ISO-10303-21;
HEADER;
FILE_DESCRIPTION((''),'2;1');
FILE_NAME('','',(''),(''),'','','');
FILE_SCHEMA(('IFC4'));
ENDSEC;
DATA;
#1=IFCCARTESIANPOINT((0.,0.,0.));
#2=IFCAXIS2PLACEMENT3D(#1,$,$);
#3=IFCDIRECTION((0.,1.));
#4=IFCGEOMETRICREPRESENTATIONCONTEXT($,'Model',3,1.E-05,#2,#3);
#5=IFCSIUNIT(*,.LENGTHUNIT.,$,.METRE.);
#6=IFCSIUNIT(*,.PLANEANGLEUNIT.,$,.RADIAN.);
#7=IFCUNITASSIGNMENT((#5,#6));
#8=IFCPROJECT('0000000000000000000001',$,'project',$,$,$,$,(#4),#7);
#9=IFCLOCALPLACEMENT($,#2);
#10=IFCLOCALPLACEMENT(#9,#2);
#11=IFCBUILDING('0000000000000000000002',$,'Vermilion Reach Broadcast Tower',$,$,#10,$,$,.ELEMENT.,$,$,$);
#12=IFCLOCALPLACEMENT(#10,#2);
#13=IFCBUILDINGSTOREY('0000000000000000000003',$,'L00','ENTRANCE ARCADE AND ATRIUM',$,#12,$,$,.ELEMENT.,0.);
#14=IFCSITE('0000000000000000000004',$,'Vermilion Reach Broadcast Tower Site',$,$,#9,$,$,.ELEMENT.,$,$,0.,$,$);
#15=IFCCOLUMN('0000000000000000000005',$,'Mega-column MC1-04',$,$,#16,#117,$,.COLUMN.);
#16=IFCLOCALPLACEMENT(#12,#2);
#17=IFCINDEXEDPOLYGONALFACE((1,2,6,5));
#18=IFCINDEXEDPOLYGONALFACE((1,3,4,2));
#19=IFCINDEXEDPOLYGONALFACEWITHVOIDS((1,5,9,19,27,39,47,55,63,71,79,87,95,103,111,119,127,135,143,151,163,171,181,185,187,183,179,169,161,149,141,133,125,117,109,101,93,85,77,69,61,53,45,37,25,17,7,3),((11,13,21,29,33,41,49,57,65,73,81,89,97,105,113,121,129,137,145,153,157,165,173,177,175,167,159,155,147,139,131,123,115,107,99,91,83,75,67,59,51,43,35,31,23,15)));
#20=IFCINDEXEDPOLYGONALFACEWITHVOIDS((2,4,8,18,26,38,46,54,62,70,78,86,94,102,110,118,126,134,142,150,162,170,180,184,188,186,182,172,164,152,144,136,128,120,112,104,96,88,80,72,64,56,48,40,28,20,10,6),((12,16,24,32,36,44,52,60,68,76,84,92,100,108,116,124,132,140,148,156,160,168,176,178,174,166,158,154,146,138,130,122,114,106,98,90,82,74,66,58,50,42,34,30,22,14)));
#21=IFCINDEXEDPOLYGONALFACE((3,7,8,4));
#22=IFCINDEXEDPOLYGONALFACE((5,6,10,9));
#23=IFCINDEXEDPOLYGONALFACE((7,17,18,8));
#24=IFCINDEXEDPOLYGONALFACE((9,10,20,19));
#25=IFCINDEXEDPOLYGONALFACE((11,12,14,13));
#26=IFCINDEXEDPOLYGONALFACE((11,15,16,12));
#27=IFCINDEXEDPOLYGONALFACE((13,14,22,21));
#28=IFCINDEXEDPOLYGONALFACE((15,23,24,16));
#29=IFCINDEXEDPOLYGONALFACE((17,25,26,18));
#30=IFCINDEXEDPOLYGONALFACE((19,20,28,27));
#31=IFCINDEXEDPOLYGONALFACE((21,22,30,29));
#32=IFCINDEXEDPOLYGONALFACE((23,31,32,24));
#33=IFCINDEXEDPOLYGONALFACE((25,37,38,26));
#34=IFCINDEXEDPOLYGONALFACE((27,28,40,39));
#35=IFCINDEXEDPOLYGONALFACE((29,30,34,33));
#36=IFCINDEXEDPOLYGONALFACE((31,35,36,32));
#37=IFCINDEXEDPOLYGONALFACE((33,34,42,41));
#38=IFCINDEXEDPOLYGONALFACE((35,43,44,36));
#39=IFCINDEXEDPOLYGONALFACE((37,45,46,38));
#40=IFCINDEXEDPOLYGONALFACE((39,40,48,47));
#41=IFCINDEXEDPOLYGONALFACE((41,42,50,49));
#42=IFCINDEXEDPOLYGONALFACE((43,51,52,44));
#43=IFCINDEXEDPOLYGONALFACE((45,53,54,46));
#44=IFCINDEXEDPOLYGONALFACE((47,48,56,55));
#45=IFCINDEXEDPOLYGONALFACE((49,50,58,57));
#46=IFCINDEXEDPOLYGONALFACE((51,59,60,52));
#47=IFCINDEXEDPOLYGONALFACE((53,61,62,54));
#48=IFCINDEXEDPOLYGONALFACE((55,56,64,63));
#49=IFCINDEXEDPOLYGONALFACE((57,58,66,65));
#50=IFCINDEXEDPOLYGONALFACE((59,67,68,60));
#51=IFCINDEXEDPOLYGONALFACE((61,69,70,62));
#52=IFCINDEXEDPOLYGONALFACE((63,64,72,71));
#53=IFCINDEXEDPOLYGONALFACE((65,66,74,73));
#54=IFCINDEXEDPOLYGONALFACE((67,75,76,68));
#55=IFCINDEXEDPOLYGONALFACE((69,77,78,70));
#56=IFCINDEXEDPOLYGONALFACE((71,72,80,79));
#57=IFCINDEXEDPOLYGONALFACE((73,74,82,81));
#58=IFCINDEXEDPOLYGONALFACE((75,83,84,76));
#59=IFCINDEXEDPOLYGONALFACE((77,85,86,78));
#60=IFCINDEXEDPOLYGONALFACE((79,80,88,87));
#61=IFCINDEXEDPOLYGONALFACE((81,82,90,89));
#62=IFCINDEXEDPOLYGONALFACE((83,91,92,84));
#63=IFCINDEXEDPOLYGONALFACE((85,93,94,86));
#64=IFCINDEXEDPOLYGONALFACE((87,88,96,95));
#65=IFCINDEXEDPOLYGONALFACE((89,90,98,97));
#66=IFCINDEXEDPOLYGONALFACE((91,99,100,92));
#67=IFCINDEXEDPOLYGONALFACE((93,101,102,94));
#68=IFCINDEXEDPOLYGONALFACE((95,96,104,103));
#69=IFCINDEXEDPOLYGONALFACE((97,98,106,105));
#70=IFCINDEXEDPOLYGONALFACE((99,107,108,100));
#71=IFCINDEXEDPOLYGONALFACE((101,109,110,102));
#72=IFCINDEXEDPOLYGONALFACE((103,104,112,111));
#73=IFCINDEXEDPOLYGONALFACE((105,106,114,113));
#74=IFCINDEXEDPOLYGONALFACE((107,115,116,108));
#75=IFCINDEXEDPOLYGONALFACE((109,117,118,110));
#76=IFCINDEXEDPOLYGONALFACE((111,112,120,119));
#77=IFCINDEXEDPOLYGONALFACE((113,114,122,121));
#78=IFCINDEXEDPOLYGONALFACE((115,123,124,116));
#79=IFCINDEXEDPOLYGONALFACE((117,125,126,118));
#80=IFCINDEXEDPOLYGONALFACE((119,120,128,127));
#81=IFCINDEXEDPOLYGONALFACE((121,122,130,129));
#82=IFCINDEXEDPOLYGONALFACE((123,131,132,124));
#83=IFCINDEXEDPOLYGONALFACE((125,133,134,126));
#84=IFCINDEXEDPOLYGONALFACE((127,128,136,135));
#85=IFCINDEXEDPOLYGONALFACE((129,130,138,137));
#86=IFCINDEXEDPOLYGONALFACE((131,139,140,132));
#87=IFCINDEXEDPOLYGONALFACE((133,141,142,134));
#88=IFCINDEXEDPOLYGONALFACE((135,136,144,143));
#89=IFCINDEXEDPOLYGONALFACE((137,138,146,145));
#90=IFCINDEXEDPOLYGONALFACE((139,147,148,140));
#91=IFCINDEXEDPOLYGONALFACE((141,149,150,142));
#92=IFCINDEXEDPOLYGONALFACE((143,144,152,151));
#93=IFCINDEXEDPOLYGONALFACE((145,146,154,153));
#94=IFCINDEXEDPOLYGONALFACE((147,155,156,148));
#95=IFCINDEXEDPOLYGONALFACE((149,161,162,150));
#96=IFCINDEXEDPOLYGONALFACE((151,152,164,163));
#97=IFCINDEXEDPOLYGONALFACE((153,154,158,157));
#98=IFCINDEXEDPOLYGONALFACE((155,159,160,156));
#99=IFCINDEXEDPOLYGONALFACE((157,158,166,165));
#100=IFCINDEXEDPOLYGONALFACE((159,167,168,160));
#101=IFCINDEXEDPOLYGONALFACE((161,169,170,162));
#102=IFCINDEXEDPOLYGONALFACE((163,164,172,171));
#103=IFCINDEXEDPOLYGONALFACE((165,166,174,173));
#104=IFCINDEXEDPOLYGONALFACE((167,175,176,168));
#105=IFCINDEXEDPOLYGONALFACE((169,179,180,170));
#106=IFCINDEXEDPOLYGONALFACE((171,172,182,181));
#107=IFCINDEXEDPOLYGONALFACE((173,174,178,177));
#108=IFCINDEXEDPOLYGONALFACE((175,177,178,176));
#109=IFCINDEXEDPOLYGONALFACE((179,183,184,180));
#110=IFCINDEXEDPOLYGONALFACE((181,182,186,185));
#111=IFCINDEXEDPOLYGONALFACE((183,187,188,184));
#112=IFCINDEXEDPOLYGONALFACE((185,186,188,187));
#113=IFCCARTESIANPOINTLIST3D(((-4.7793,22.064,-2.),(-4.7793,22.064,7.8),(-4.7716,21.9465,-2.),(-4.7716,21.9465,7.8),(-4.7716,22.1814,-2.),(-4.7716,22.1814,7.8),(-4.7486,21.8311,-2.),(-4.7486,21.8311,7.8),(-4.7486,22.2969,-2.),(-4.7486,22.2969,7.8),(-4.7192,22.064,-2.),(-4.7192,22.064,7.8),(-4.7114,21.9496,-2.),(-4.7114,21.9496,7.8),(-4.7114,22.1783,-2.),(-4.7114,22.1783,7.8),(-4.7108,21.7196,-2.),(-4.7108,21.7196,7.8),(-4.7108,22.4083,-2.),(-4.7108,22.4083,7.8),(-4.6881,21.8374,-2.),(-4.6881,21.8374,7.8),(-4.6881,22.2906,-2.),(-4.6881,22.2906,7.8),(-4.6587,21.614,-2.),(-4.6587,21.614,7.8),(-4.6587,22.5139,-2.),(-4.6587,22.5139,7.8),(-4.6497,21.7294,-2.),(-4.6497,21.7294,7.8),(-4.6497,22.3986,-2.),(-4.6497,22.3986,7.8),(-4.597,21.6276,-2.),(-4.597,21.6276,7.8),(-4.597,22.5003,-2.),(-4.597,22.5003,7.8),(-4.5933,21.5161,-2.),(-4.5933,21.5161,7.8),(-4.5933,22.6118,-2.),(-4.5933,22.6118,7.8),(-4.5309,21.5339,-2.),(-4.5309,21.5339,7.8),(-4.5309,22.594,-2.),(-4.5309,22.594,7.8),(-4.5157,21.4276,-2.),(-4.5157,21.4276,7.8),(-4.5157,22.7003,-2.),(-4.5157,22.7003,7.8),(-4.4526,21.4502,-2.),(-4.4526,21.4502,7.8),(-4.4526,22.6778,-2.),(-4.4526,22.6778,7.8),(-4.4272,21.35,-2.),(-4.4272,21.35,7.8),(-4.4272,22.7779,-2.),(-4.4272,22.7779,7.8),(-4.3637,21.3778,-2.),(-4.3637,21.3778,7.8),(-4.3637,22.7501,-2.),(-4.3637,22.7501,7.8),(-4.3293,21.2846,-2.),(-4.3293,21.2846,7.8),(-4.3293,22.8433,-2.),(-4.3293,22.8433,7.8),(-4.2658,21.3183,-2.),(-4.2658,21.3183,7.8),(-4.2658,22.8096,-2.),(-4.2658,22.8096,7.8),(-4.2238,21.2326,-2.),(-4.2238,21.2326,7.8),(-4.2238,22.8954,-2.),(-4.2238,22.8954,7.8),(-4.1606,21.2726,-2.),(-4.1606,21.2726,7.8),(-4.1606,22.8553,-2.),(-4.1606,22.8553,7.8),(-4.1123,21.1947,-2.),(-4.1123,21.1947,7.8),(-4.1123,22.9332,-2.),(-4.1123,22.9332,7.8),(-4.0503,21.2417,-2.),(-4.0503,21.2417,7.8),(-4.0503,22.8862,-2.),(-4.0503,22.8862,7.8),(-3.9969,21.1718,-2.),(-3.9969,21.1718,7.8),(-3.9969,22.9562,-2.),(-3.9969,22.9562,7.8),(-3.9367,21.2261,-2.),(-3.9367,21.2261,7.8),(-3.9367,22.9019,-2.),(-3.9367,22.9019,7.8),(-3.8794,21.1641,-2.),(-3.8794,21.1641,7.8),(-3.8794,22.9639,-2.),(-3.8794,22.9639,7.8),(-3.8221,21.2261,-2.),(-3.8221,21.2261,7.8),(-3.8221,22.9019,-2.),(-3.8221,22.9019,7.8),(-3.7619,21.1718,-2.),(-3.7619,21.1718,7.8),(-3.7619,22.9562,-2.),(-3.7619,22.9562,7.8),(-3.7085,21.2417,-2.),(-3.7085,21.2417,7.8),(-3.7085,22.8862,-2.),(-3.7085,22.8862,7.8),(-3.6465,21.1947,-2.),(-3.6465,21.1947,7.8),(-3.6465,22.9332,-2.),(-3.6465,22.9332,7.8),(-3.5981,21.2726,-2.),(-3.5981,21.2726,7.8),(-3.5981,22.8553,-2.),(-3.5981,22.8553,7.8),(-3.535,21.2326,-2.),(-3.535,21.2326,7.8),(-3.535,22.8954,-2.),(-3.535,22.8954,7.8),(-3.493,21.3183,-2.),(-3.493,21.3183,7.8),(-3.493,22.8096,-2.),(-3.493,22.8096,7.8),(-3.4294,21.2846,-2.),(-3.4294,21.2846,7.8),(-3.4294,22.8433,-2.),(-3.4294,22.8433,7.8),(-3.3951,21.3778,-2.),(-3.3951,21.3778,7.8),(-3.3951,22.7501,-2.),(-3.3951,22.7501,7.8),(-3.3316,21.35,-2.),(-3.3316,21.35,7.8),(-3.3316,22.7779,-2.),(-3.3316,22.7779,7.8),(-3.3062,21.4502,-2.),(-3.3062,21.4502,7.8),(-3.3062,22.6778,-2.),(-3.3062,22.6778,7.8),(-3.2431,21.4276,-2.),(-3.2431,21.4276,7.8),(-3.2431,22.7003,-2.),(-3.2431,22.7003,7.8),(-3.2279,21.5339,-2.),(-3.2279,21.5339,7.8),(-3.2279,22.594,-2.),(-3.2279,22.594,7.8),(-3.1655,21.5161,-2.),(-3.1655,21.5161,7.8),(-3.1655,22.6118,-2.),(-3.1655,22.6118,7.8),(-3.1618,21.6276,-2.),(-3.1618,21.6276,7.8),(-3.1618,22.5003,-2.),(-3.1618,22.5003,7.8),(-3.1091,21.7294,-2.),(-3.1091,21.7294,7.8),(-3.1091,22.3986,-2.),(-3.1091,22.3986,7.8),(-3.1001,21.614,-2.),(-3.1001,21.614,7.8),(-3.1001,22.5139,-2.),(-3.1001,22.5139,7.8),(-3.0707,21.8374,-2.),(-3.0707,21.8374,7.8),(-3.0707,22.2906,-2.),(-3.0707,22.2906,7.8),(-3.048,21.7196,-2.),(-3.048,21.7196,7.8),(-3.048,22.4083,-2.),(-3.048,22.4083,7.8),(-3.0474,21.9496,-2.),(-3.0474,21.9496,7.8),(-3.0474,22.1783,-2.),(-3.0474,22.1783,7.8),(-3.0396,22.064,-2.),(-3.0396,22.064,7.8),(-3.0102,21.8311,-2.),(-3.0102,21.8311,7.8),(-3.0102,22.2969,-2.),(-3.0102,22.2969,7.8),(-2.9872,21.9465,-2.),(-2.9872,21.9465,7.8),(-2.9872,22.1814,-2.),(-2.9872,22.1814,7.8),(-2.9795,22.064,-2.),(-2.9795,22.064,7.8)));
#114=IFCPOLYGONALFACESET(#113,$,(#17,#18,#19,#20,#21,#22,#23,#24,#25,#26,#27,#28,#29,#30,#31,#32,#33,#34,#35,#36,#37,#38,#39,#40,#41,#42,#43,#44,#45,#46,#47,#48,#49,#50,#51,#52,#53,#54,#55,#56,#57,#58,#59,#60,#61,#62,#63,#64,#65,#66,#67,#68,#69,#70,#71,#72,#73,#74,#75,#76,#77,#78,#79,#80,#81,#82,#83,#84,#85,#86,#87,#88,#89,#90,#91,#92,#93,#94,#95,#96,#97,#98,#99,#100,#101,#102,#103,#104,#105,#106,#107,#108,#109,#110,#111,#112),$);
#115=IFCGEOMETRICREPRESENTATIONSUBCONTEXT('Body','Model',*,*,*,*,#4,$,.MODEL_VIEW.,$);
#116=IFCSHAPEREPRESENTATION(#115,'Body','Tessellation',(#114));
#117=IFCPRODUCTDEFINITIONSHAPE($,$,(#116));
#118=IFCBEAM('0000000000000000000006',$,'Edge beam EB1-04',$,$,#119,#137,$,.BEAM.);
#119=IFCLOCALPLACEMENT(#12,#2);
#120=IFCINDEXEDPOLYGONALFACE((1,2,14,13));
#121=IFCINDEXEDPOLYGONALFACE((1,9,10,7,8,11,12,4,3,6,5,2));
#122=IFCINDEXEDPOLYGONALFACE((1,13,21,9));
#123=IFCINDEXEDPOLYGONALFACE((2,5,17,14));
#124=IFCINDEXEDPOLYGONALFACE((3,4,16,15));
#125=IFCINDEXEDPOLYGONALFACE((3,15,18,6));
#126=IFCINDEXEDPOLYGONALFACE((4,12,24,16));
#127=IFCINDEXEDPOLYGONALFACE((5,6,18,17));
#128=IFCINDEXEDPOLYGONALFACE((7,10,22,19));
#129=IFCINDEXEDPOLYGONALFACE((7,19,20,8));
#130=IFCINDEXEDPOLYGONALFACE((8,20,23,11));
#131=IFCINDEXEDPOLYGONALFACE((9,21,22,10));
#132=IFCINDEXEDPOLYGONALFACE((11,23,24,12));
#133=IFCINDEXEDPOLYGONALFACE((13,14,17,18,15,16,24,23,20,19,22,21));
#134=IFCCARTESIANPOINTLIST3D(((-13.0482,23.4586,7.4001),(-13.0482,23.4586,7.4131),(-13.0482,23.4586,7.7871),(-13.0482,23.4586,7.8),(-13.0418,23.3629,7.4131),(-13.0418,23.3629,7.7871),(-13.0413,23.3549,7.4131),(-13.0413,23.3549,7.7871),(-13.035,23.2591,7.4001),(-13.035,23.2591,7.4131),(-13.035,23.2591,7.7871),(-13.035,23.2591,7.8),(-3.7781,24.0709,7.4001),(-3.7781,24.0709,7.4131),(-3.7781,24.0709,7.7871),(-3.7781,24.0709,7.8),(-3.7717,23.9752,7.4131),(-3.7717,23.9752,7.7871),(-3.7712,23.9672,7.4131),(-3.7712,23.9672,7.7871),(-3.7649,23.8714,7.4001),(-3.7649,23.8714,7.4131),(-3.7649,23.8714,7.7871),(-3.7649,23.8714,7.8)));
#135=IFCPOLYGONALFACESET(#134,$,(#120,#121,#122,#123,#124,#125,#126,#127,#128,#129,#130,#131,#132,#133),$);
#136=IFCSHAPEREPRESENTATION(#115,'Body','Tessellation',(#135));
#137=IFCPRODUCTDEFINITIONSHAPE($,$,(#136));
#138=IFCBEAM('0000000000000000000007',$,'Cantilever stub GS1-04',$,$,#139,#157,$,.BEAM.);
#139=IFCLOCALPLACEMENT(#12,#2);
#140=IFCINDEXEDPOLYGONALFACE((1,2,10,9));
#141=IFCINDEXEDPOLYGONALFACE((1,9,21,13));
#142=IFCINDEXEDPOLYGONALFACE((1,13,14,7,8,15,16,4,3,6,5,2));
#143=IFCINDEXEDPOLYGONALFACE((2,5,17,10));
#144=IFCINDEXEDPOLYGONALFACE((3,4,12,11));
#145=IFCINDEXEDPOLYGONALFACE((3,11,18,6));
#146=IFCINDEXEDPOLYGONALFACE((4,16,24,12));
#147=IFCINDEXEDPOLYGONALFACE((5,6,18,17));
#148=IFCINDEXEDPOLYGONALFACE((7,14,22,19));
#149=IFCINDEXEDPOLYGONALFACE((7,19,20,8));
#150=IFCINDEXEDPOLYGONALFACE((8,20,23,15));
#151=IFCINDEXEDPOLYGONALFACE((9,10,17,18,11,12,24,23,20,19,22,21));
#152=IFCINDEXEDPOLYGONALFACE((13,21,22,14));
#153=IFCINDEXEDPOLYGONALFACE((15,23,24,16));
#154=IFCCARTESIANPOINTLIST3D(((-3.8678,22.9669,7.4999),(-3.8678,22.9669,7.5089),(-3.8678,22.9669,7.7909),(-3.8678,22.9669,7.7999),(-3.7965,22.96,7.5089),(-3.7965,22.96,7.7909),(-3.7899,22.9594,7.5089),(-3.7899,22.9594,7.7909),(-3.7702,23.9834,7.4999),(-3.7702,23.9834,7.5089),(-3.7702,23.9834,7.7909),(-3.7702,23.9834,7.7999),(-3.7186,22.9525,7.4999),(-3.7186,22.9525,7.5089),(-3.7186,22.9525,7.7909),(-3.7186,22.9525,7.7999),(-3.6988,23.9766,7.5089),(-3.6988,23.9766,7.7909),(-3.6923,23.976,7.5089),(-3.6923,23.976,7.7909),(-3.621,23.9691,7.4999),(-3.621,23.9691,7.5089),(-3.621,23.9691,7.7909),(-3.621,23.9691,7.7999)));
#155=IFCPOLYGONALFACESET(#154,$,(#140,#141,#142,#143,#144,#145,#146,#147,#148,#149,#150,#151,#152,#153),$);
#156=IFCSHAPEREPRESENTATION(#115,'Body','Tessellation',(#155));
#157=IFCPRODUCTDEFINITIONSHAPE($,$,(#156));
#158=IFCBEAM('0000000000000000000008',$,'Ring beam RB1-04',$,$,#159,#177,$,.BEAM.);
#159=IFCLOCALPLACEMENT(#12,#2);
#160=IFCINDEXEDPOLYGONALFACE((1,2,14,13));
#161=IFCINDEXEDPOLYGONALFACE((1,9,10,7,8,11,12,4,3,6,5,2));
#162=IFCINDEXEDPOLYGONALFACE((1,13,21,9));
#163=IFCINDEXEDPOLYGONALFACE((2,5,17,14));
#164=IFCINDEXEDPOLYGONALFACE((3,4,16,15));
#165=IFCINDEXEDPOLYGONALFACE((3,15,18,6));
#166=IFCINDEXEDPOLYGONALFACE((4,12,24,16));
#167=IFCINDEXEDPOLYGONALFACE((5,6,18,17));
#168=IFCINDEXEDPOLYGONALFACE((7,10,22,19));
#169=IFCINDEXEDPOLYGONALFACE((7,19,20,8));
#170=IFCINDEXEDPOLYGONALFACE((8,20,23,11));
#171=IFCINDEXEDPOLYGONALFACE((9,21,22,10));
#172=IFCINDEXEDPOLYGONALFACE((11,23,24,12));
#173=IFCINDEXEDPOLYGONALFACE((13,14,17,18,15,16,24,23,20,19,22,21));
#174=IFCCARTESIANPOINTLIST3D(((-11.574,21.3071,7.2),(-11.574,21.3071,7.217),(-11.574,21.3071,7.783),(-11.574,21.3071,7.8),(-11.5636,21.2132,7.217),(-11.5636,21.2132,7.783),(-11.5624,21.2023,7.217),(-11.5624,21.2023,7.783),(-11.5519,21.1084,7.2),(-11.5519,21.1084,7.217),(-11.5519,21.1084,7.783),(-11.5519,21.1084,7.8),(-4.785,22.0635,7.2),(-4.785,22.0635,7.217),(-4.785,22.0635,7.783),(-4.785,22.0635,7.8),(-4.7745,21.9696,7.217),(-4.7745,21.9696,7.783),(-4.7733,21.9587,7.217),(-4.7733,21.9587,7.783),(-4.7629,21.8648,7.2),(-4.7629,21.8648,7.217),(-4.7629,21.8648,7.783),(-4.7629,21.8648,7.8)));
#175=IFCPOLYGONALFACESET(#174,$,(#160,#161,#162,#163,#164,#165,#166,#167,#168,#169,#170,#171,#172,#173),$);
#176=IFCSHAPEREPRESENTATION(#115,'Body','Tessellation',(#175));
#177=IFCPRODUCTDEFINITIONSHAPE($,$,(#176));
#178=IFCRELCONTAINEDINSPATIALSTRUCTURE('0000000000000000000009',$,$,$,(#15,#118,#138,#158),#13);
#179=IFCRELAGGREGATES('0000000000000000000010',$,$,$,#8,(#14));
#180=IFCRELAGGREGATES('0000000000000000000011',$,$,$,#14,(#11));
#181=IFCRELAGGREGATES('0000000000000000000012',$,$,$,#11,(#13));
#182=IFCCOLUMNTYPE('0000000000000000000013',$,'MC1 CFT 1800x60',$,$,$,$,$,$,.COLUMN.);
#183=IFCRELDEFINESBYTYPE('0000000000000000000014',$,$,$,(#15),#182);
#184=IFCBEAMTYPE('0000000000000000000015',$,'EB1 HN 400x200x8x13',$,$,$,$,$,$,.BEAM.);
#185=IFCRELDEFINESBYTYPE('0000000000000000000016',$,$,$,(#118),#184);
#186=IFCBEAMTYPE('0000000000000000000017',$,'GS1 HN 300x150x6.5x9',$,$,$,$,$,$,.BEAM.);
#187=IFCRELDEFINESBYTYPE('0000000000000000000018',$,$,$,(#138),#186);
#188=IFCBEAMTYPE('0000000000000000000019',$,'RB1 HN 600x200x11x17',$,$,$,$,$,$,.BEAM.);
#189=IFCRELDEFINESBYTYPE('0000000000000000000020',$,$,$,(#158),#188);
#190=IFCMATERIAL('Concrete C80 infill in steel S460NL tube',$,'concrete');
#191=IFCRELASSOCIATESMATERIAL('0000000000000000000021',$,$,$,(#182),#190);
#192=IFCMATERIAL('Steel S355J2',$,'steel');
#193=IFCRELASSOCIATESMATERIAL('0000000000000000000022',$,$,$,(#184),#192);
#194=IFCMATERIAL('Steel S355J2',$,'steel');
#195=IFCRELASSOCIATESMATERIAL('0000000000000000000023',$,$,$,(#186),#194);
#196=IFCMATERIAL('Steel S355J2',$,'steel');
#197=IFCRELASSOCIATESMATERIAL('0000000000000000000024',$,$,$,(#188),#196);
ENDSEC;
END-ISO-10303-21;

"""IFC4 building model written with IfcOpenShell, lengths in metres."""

from ifc_helpers import new_model, si_unit, direction, frame, origin, origin_2d, place, context, subcontext, project, spatial, hollow_circle, i_section, extrude, material, material_profile, profile_set, type_object, element, save


model = new_model("IFC4")

# Units and contexts
model_context = context("Model", 3, precision=1e-05, world=origin(), true_north=direction((0.0, 1.0)))
body_context = subcontext(model_context, "Body", "Model", "MODEL_VIEW")
ifc_project = project(units=[si_unit("LENGTHUNIT", "METRE"), si_unit("PLANEANGLEUNIT", "RADIAN")], contexts=[model_context])

# Site, building, storey
site_placement = place(None, origin())
site = spatial("IfcSite", under=ifc_project, at=site_placement, Name="Vermilion Reach Broadcast Tower Site", CompositionType="ELEMENT", RefElevation=0.0)
building_placement = place(site_placement, origin())
building = spatial("IfcBuilding", under=site, at=building_placement, Name="Vermilion Reach Broadcast Tower", CompositionType="ELEMENT")
storey_placement = place(building_placement, origin())
storey = spatial("IfcBuildingStorey", under=building, at=storey_placement, Name="L00", Description="ENTRANCE ARCADE AND ATRIUM", CompositionType="ELEMENT", Elevation=0.0)

# Column
ifc_material_1 = material(Name="Concrete C80 infill in steel S460NL tube", Category="concrete")
ifc_material_profile_1 = material_profile(ifc_material_1, hollow_circle(Radius=0.8999, WallThickness=0.0601, at=origin_2d()), Name="Concrete C80 infill in steel S460NL tube CFT 1800x60")
ifc_profile_set_1 = profile_set([ifc_material_profile_1], Name="Concrete C80 infill in steel S460NL tube")
column_type = type_object("IfcColumnType", Name="MC1 CFT 1800x60", PredefinedType="COLUMN", material=ifc_profile_set_1)
column_placement = place(storey_placement, frame((-3.8794, 22.064, -2.0), z_axis=(0.0, 0.0, 1.0), x_axis=(1.0, 0.0, 0.0)))
element("IfcColumn", 1, at=column_placement, inside=storey, type_object=column_type, Name="Mega-column MC1-04", PredefinedType="COLUMN", context=body_context, shape_type="SweptSolid", body=[
    extrude(hollow_circle(Radius=0.8999, WallThickness=0.0601, at=origin_2d()), origin(), (0.0, 0.0, 1.0), 9.8),
])

# Beams
ifc_material_2 = material(Name="Steel S355J2", Category="steel")
ifc_material_profile_2 = material_profile(ifc_material_2, i_section(OverallWidth=0.2, OverallDepth=0.3999, WebThickness=0.0081, FlangeThickness=0.0129, at=origin_2d()), Name="S355J2 HN 400x200x8x13")
ifc_profile_set_2 = profile_set([ifc_material_profile_2], Name="Steel S355J2")
beam_type_1 = type_object("IfcBeamType", Name="EB1 HN 400x200x8x13", PredefinedType="BEAM", material=ifc_profile_set_2)
beam_1_placement = place(storey_placement, frame((-3.7715, 23.9712, 7.6001), z_axis=(-0.997826, -0.065909, 0.0), x_axis=(0.065909, -0.997826, 0.0)))
element("IfcBeam", 2, at=beam_1_placement, inside=storey, type_object=beam_type_1, Name="Edge beam EB1-04", PredefinedType="BEAM", context=body_context, shape_type="SweptSolid", body=[
    extrude(i_section(OverallWidth=0.2, OverallDepth=0.3999, WebThickness=0.0081, FlangeThickness=0.0129, at=origin_2d()), origin(), (0.0, 0.0, 1.0), 9.2903),
])
ifc_material_3 = material(Name="Steel S355J2", Category="steel")
ifc_material_profile_3 = material_profile(ifc_material_3, i_section(OverallWidth=0.1499, OverallDepth=0.3, WebThickness=0.0066, FlangeThickness=0.009, at=origin_2d()), Name="S355J2 HN 300x150x6.5x9")
ifc_profile_set_3 = profile_set([ifc_material_profile_3], Name="Steel S355J2")
beam_type_2 = type_object("IfcBeamType", Name="GS1 HN 300x150x6.5x9", PredefinedType="BEAM", material=ifc_profile_set_3)
beam_2_placement = place(storey_placement, frame((-3.7932, 22.9597, 7.6499), z_axis=(0.095621, 0.995418, 0.0), x_axis=(-0.995418, 0.095621, 0.0)))
element("IfcBeam", 3, at=beam_2_placement, inside=storey, type_object=beam_type_2, Name="Cantilever stub GS1-04", PredefinedType="BEAM", context=body_context, shape_type="SweptSolid", body=[
    extrude(i_section(OverallWidth=0.1499, OverallDepth=0.3, WebThickness=0.0066, FlangeThickness=0.009, at=origin_2d()), origin(), (0.0, 0.0, 1.0), 1.0212),
])
ifc_material_4 = material(Name="Steel S355J2", Category="steel")
ifc_material_profile_4 = material_profile(ifc_material_4, i_section(OverallWidth=0.2, OverallDepth=0.6001, WebThickness=0.011, FlangeThickness=0.0171, at=origin_2d()), Name="S355J2 HN 600x200x11x17")
ifc_profile_set_4 = profile_set([ifc_material_profile_4], Name="Steel S355J2")
beam_type_3 = type_object("IfcBeamType", Name="RB1 HN 600x200x11x17", PredefinedType="BEAM", material=ifc_profile_set_4)
beam_3_placement = place(storey_placement, frame((-4.7739, 21.9641, 7.5), z_axis=(-0.993851, -0.110722, 0.0), x_axis=(0.110722, -0.993851, 0.0)))
element("IfcBeam", 4, at=beam_3_placement, inside=storey, type_object=beam_type_3, Name="Ring beam RB1-04", PredefinedType="BEAM", context=body_context, shape_type="SweptSolid", body=[
    extrude(i_section(OverallWidth=0.2, OverallDepth=0.6001, WebThickness=0.011, FlangeThickness=0.0171, at=origin_2d()), origin(), (0.0, 0.0, 1.0), 6.8311),
])

save(model, "model.ifc")
